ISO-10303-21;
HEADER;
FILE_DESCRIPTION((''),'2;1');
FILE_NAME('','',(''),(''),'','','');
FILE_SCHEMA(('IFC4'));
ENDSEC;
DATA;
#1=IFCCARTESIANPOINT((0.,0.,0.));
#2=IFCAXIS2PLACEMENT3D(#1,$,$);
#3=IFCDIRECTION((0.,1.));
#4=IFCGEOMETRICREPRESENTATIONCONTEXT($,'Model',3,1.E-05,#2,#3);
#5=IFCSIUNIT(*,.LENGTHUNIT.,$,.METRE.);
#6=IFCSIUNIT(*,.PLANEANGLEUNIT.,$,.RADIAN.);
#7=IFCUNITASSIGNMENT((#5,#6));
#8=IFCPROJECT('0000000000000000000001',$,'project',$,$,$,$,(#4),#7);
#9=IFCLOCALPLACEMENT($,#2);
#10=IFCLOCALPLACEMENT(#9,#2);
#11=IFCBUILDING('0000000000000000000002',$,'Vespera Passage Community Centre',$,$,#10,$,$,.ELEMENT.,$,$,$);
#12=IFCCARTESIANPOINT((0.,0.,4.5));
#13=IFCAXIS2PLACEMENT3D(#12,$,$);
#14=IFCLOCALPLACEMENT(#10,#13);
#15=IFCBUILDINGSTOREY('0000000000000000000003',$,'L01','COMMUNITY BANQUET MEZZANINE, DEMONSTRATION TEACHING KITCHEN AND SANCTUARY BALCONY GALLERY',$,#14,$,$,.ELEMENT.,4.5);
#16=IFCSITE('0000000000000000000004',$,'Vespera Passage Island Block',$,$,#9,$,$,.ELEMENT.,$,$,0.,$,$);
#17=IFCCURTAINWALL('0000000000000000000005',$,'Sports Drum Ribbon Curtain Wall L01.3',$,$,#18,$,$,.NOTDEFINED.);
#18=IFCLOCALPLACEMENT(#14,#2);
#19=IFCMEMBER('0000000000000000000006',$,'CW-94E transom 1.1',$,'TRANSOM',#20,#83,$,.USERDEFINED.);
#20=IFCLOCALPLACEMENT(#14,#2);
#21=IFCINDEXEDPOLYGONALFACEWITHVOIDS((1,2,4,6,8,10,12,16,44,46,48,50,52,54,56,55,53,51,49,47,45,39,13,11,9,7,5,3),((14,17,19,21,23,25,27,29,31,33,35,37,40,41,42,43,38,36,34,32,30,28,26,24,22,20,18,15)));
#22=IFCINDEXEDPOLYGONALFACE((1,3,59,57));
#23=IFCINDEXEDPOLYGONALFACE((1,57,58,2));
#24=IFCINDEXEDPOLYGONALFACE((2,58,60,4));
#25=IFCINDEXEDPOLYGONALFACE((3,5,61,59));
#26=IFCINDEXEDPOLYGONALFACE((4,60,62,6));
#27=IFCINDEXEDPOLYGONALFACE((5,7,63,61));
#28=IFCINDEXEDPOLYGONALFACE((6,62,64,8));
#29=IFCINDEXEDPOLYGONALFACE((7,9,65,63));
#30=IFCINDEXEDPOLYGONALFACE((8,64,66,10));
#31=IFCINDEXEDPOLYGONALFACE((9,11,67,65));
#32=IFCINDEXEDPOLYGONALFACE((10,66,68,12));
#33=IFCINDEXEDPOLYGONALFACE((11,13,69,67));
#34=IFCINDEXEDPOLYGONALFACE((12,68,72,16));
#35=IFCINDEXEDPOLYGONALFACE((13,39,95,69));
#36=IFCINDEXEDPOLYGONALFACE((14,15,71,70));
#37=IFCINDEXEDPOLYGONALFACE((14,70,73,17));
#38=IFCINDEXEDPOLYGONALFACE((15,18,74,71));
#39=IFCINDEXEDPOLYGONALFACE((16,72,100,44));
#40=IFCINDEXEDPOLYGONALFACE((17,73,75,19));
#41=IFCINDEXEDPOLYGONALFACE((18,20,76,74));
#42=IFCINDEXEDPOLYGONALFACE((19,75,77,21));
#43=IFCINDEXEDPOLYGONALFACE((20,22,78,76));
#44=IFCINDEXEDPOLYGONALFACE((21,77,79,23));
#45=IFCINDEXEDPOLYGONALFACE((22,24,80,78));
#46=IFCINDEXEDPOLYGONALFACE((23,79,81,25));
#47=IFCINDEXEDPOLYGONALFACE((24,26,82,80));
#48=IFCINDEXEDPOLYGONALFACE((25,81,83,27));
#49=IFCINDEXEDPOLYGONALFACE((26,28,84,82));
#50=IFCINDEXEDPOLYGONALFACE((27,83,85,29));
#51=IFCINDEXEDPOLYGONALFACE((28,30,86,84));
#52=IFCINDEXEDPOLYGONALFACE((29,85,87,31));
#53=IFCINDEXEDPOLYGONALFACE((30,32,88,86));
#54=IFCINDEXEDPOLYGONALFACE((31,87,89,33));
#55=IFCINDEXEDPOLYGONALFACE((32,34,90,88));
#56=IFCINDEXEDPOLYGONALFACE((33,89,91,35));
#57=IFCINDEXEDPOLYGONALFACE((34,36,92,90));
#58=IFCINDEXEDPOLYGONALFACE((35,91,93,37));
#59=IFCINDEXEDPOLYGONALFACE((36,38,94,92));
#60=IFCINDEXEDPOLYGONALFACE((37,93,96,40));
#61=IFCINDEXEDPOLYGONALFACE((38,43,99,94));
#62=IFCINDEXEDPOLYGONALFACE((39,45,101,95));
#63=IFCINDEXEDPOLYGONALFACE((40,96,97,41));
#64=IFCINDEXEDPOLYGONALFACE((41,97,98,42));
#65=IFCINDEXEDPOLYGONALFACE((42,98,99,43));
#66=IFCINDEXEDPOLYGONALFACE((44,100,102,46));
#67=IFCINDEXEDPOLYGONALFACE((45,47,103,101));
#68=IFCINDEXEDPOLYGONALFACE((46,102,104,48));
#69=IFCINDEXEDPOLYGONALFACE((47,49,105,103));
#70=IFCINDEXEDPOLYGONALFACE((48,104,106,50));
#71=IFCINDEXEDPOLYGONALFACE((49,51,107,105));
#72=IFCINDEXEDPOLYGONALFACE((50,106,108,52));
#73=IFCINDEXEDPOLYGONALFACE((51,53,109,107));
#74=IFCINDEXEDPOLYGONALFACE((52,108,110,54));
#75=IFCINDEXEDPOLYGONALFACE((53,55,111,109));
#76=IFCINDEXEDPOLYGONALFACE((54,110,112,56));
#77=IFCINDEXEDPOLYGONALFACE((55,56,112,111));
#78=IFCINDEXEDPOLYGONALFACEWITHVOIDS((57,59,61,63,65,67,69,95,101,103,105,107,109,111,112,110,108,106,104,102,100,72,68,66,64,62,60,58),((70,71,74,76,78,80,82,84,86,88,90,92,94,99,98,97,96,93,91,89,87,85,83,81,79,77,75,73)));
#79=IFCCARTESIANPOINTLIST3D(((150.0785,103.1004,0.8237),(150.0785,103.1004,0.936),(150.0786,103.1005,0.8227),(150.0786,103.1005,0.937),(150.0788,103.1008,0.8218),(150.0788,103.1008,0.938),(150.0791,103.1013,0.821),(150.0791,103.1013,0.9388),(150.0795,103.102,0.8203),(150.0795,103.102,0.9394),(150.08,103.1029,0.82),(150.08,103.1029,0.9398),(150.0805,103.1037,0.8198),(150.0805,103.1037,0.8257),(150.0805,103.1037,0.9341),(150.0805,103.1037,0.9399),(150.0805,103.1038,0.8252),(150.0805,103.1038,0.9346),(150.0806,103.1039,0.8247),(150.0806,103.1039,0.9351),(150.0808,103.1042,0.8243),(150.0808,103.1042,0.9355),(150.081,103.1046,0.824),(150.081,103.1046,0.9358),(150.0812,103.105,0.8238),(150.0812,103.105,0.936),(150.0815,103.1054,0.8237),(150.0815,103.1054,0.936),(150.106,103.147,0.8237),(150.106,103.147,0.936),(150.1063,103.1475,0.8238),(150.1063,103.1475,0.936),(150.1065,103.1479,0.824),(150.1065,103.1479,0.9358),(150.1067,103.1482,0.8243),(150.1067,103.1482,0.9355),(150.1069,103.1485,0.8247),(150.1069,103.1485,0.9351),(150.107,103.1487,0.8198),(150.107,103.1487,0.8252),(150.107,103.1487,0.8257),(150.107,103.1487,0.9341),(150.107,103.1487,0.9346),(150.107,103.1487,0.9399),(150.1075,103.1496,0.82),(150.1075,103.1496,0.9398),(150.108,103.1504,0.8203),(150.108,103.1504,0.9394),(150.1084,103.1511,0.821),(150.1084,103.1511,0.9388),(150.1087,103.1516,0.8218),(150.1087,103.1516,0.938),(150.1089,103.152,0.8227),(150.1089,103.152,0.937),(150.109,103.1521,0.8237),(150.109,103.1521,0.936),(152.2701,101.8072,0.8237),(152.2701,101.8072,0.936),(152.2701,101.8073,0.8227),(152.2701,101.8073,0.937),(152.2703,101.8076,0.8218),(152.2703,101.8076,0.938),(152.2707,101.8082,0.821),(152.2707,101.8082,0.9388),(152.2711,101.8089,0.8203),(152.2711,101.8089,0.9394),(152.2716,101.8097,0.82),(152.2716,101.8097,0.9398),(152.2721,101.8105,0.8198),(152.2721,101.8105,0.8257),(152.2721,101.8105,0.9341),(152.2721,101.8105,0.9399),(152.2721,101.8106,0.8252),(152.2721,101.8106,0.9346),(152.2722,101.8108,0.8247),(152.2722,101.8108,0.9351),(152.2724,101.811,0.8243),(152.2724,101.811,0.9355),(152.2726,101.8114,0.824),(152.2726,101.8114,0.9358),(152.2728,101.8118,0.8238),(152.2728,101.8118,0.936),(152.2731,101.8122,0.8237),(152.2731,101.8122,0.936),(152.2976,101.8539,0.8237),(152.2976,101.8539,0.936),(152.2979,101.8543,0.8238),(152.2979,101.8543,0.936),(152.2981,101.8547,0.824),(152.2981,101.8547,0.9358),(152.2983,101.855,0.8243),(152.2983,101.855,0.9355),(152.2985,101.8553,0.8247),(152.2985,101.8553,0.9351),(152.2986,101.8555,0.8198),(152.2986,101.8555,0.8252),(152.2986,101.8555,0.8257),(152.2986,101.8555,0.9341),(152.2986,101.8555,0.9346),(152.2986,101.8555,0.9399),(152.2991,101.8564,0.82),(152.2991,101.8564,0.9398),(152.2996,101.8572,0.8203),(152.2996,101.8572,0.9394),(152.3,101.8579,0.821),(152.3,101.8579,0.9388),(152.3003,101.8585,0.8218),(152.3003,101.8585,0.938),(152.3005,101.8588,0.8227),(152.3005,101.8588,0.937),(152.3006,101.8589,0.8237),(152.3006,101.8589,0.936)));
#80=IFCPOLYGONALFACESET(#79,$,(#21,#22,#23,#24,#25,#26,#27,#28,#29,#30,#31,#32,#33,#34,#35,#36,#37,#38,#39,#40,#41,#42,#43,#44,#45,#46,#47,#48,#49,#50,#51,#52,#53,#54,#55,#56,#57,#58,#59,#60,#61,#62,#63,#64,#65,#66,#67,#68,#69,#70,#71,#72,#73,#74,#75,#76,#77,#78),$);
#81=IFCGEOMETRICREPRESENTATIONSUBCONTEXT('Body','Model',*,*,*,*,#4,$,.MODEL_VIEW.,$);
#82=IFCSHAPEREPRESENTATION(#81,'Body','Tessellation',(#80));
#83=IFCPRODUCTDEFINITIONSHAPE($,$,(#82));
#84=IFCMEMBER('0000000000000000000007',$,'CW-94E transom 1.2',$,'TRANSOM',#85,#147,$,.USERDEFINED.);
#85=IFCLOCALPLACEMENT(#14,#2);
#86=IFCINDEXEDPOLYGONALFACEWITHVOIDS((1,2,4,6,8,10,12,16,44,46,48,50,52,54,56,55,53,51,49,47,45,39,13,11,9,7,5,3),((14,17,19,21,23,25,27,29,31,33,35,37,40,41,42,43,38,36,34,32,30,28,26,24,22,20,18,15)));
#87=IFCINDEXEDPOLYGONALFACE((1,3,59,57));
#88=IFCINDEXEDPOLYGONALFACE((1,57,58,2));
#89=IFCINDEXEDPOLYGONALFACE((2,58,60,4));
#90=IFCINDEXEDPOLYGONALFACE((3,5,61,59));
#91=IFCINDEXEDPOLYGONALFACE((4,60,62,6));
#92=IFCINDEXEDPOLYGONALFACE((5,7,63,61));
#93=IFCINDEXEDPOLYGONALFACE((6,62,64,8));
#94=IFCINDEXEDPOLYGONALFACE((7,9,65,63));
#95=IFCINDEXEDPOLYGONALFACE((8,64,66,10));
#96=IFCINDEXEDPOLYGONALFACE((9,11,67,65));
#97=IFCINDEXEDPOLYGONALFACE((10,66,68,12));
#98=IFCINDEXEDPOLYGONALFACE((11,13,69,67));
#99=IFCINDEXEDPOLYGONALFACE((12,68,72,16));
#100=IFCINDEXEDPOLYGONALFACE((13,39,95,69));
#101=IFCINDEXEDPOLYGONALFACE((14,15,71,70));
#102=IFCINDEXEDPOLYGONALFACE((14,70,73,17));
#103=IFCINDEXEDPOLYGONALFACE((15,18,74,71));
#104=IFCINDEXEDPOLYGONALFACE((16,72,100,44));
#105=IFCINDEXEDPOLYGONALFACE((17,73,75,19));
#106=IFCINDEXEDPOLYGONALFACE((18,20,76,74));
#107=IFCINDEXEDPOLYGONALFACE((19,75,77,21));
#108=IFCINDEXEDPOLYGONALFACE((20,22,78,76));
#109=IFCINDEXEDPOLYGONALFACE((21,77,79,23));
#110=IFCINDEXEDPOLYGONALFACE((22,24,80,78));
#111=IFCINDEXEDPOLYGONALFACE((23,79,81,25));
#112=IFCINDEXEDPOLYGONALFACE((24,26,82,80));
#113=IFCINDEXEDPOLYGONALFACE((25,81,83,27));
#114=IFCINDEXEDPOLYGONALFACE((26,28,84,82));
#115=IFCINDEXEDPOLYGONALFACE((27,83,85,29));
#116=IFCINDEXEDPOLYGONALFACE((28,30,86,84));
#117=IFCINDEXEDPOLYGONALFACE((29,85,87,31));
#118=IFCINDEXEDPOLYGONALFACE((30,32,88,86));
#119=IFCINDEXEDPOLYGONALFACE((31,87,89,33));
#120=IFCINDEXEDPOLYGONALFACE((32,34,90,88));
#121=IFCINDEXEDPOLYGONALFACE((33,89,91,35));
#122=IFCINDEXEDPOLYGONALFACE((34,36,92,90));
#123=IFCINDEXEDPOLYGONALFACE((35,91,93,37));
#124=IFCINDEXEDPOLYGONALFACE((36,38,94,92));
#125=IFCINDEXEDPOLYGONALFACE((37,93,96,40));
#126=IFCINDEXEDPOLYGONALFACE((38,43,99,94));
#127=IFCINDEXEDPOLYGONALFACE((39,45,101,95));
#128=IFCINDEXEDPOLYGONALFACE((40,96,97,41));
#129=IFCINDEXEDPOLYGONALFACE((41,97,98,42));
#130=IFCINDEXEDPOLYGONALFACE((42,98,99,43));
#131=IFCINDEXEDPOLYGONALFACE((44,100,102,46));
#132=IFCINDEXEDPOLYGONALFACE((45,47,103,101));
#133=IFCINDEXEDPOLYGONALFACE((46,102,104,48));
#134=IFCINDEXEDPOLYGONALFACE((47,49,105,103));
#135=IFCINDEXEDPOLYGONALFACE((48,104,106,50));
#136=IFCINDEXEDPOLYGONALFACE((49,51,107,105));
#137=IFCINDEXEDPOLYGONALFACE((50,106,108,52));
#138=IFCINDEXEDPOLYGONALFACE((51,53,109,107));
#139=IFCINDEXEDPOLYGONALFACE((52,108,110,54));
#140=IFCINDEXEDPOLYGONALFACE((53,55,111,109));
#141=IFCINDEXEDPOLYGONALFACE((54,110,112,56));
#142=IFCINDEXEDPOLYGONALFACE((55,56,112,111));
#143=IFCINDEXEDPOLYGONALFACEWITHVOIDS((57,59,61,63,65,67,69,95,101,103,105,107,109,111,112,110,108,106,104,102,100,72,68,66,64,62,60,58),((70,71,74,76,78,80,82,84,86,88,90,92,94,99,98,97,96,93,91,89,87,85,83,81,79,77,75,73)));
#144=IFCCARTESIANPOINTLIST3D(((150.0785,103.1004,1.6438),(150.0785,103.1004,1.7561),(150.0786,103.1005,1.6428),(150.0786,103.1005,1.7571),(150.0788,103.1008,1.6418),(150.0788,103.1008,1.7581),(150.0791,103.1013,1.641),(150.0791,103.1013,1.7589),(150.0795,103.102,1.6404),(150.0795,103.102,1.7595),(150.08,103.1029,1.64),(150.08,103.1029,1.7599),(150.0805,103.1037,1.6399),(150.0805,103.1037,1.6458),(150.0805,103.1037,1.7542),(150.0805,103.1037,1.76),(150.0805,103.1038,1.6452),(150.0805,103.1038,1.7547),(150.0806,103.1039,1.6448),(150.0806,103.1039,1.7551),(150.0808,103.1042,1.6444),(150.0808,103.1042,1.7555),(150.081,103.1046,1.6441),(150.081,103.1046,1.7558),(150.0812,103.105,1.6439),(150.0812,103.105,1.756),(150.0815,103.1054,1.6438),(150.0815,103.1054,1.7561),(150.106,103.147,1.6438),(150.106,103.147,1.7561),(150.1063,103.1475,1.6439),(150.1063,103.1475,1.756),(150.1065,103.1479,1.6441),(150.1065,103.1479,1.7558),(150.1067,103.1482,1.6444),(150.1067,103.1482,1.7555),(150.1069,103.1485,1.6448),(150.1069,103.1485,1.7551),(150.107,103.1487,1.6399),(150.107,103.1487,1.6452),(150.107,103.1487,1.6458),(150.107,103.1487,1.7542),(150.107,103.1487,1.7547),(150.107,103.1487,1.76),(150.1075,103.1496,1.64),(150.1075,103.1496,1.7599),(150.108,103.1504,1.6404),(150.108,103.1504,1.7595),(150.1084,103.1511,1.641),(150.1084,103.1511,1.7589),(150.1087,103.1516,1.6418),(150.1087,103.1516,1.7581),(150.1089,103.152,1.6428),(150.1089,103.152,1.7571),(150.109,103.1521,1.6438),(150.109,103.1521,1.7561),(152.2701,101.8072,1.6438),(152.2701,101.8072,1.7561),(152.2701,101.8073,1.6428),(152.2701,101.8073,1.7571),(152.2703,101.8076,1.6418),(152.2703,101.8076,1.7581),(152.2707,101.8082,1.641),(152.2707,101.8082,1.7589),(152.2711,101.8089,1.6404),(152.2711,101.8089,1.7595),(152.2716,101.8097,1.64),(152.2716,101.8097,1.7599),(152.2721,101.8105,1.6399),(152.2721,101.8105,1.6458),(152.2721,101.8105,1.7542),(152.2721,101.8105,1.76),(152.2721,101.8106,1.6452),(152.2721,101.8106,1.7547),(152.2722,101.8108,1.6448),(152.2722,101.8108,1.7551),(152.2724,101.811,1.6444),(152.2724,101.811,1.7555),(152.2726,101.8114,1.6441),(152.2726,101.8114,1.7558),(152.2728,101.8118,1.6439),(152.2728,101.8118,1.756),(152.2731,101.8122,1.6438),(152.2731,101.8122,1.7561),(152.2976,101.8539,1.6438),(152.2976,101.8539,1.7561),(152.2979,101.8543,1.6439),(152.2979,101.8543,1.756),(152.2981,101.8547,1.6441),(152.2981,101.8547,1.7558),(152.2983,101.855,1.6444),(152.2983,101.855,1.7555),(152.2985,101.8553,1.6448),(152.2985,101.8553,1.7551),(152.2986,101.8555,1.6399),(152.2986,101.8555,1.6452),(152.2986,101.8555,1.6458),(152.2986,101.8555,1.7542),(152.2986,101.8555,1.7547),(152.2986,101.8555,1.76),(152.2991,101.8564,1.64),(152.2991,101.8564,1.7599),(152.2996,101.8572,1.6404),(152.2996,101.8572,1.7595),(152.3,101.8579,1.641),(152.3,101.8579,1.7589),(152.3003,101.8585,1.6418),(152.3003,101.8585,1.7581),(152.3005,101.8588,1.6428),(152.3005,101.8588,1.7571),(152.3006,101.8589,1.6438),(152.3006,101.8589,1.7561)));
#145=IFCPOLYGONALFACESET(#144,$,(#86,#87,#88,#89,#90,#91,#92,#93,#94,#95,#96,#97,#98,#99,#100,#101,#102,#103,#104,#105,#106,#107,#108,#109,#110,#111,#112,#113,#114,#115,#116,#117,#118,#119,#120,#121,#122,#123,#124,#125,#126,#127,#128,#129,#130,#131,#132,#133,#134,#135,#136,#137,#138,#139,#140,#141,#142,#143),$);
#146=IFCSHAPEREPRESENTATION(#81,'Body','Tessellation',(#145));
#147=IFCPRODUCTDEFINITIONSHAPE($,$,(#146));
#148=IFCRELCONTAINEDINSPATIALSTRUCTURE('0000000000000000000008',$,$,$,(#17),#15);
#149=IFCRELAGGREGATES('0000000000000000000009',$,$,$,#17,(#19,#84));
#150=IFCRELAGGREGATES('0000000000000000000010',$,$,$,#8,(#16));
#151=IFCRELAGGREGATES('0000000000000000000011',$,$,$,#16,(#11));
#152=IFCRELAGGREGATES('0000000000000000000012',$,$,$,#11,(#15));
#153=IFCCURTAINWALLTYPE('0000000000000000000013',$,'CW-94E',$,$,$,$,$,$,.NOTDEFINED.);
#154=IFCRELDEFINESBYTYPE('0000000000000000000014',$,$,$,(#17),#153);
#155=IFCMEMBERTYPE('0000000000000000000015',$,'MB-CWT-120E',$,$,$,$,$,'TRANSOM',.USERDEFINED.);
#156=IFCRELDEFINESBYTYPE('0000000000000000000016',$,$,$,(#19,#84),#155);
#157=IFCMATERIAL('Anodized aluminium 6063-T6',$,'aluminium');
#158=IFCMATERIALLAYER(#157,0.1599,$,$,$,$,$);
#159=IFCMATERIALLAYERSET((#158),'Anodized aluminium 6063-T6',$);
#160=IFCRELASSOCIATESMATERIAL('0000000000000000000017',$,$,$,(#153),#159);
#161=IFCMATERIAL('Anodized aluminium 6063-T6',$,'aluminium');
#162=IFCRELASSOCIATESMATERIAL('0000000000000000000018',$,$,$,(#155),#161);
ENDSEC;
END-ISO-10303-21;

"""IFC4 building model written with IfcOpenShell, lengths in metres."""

from ifc_helpers import new_model, si_unit, direction, frame, origin, origin_2d, place, context, subcontext, project, spatial, hollow_rectangle, extrude, material, layer, layer_set, material_profile, profile_set, type_object, element, aggregate, save


model = new_model("IFC4")

# Units and contexts
model_context = context("Model", 3, precision=1e-05, world=origin(), true_north=direction((0.0, 1.0)))
body_context = subcontext(model_context, "Body", "Model", "MODEL_VIEW")
ifc_project = project(units=[si_unit("LENGTHUNIT", "METRE"), si_unit("PLANEANGLEUNIT", "RADIAN")], contexts=[model_context])

# Site, building, storey
site_placement = place(None, origin())
site = spatial("IfcSite", under=ifc_project, at=site_placement, Name="Vespera Passage Island Block", CompositionType="ELEMENT", RefElevation=0.0)
building_placement = place(site_placement, origin())
building = spatial("IfcBuilding", under=site, at=building_placement, Name="Vespera Passage Community Centre", CompositionType="ELEMENT")
storey_placement = place(building_placement, frame((0.0, 0.0, 4.5)))
storey = spatial("IfcBuildingStorey", under=building, at=storey_placement, Name="L01", Description="COMMUNITY BANQUET MEZZANINE, DEMONSTRATION TEACHING KITCHEN AND SANCTUARY BALCONY GALLERY", CompositionType="ELEMENT", Elevation=4.5)

# Curtain wall
ifc_material_1 = material(Name="Anodized aluminium 6063-T6", Category="aluminium")
ifc_layer_1 = layer(ifc_material_1, 0.1599)
ifc_layer_set_1 = layer_set([ifc_layer_1], Name="Anodized aluminium 6063-T6")
curtain_wall_type = type_object("IfcCurtainWallType", Name="CW-94E", PredefinedType="NOTDEFINED", material=ifc_layer_set_1)
curtain_wall_1_placement = place(storey_placement, origin())
curtain_wall_1 = element("IfcCurtainWall", 1, at=curtain_wall_1_placement, inside=storey, type_object=curtain_wall_type, Name="Sports Drum Ribbon Curtain Wall L01.3", PredefinedType="NOTDEFINED")

# Members
ifc_material_2 = material(Name="Anodized aluminium 6063-T6", Category="aluminium")
ifc_material_profile_1 = material_profile(ifc_material_2, hollow_rectangle(XDim=0.0601, YDim=0.1201, WallThickness=0.0039, InnerFilletRadius=0.002, OuterFilletRadius=0.0039, at=origin_2d()), Name="ALU120X60X4")
ifc_profile_set_1 = profile_set([ifc_material_profile_1], Name="Anodized aluminium 6063-T6")
member_type_1 = type_object("IfcMemberType", Name="MB-CWT-120E", ElementType="TRANSOM", PredefinedType="USERDEFINED", material=ifc_profile_set_1)
member_1_placement = place(storey_placement, frame((150.0938, 103.1262, 0.8799), z_axis=(0.861245, -0.508189, 0.0), x_axis=(0.508189, 0.861245, 0.0)))
member_1 = element("IfcMember", 2, at=member_1_placement, type_object=member_type_1, Name="CW-94E transom 1.1", ObjectType="TRANSOM", PredefinedType="USERDEFINED", context=body_context, shape_type="SweptSolid", body=[
    extrude(hollow_rectangle(XDim=0.0601, YDim=0.1201, WallThickness=0.0039, InnerFilletRadius=0.002, OuterFilletRadius=0.0039, at=origin_2d()), origin(), (0.0, 0.0, 1.0), 2.5447),
])
member_2_placement = place(storey_placement, frame((150.0938, 103.1262, 1.7), z_axis=(0.861245, -0.508189, 0.0), x_axis=(0.508189, 0.861245, 0.0)))
member_2 = element("IfcMember", 3, at=member_2_placement, type_object=member_type_1, Name="CW-94E transom 1.2", ObjectType="TRANSOM", PredefinedType="USERDEFINED", context=body_context, shape_type="SweptSolid", body=[
    extrude(hollow_rectangle(XDim=0.0601, YDim=0.1201, WallThickness=0.0039, InnerFilletRadius=0.002, OuterFilletRadius=0.0039, at=origin_2d()), origin(), (0.0, 0.0, 1.0), 2.5447),
])

aggregate(curtain_wall_1, [member_1, member_2])

save(model, "model.ifc")
